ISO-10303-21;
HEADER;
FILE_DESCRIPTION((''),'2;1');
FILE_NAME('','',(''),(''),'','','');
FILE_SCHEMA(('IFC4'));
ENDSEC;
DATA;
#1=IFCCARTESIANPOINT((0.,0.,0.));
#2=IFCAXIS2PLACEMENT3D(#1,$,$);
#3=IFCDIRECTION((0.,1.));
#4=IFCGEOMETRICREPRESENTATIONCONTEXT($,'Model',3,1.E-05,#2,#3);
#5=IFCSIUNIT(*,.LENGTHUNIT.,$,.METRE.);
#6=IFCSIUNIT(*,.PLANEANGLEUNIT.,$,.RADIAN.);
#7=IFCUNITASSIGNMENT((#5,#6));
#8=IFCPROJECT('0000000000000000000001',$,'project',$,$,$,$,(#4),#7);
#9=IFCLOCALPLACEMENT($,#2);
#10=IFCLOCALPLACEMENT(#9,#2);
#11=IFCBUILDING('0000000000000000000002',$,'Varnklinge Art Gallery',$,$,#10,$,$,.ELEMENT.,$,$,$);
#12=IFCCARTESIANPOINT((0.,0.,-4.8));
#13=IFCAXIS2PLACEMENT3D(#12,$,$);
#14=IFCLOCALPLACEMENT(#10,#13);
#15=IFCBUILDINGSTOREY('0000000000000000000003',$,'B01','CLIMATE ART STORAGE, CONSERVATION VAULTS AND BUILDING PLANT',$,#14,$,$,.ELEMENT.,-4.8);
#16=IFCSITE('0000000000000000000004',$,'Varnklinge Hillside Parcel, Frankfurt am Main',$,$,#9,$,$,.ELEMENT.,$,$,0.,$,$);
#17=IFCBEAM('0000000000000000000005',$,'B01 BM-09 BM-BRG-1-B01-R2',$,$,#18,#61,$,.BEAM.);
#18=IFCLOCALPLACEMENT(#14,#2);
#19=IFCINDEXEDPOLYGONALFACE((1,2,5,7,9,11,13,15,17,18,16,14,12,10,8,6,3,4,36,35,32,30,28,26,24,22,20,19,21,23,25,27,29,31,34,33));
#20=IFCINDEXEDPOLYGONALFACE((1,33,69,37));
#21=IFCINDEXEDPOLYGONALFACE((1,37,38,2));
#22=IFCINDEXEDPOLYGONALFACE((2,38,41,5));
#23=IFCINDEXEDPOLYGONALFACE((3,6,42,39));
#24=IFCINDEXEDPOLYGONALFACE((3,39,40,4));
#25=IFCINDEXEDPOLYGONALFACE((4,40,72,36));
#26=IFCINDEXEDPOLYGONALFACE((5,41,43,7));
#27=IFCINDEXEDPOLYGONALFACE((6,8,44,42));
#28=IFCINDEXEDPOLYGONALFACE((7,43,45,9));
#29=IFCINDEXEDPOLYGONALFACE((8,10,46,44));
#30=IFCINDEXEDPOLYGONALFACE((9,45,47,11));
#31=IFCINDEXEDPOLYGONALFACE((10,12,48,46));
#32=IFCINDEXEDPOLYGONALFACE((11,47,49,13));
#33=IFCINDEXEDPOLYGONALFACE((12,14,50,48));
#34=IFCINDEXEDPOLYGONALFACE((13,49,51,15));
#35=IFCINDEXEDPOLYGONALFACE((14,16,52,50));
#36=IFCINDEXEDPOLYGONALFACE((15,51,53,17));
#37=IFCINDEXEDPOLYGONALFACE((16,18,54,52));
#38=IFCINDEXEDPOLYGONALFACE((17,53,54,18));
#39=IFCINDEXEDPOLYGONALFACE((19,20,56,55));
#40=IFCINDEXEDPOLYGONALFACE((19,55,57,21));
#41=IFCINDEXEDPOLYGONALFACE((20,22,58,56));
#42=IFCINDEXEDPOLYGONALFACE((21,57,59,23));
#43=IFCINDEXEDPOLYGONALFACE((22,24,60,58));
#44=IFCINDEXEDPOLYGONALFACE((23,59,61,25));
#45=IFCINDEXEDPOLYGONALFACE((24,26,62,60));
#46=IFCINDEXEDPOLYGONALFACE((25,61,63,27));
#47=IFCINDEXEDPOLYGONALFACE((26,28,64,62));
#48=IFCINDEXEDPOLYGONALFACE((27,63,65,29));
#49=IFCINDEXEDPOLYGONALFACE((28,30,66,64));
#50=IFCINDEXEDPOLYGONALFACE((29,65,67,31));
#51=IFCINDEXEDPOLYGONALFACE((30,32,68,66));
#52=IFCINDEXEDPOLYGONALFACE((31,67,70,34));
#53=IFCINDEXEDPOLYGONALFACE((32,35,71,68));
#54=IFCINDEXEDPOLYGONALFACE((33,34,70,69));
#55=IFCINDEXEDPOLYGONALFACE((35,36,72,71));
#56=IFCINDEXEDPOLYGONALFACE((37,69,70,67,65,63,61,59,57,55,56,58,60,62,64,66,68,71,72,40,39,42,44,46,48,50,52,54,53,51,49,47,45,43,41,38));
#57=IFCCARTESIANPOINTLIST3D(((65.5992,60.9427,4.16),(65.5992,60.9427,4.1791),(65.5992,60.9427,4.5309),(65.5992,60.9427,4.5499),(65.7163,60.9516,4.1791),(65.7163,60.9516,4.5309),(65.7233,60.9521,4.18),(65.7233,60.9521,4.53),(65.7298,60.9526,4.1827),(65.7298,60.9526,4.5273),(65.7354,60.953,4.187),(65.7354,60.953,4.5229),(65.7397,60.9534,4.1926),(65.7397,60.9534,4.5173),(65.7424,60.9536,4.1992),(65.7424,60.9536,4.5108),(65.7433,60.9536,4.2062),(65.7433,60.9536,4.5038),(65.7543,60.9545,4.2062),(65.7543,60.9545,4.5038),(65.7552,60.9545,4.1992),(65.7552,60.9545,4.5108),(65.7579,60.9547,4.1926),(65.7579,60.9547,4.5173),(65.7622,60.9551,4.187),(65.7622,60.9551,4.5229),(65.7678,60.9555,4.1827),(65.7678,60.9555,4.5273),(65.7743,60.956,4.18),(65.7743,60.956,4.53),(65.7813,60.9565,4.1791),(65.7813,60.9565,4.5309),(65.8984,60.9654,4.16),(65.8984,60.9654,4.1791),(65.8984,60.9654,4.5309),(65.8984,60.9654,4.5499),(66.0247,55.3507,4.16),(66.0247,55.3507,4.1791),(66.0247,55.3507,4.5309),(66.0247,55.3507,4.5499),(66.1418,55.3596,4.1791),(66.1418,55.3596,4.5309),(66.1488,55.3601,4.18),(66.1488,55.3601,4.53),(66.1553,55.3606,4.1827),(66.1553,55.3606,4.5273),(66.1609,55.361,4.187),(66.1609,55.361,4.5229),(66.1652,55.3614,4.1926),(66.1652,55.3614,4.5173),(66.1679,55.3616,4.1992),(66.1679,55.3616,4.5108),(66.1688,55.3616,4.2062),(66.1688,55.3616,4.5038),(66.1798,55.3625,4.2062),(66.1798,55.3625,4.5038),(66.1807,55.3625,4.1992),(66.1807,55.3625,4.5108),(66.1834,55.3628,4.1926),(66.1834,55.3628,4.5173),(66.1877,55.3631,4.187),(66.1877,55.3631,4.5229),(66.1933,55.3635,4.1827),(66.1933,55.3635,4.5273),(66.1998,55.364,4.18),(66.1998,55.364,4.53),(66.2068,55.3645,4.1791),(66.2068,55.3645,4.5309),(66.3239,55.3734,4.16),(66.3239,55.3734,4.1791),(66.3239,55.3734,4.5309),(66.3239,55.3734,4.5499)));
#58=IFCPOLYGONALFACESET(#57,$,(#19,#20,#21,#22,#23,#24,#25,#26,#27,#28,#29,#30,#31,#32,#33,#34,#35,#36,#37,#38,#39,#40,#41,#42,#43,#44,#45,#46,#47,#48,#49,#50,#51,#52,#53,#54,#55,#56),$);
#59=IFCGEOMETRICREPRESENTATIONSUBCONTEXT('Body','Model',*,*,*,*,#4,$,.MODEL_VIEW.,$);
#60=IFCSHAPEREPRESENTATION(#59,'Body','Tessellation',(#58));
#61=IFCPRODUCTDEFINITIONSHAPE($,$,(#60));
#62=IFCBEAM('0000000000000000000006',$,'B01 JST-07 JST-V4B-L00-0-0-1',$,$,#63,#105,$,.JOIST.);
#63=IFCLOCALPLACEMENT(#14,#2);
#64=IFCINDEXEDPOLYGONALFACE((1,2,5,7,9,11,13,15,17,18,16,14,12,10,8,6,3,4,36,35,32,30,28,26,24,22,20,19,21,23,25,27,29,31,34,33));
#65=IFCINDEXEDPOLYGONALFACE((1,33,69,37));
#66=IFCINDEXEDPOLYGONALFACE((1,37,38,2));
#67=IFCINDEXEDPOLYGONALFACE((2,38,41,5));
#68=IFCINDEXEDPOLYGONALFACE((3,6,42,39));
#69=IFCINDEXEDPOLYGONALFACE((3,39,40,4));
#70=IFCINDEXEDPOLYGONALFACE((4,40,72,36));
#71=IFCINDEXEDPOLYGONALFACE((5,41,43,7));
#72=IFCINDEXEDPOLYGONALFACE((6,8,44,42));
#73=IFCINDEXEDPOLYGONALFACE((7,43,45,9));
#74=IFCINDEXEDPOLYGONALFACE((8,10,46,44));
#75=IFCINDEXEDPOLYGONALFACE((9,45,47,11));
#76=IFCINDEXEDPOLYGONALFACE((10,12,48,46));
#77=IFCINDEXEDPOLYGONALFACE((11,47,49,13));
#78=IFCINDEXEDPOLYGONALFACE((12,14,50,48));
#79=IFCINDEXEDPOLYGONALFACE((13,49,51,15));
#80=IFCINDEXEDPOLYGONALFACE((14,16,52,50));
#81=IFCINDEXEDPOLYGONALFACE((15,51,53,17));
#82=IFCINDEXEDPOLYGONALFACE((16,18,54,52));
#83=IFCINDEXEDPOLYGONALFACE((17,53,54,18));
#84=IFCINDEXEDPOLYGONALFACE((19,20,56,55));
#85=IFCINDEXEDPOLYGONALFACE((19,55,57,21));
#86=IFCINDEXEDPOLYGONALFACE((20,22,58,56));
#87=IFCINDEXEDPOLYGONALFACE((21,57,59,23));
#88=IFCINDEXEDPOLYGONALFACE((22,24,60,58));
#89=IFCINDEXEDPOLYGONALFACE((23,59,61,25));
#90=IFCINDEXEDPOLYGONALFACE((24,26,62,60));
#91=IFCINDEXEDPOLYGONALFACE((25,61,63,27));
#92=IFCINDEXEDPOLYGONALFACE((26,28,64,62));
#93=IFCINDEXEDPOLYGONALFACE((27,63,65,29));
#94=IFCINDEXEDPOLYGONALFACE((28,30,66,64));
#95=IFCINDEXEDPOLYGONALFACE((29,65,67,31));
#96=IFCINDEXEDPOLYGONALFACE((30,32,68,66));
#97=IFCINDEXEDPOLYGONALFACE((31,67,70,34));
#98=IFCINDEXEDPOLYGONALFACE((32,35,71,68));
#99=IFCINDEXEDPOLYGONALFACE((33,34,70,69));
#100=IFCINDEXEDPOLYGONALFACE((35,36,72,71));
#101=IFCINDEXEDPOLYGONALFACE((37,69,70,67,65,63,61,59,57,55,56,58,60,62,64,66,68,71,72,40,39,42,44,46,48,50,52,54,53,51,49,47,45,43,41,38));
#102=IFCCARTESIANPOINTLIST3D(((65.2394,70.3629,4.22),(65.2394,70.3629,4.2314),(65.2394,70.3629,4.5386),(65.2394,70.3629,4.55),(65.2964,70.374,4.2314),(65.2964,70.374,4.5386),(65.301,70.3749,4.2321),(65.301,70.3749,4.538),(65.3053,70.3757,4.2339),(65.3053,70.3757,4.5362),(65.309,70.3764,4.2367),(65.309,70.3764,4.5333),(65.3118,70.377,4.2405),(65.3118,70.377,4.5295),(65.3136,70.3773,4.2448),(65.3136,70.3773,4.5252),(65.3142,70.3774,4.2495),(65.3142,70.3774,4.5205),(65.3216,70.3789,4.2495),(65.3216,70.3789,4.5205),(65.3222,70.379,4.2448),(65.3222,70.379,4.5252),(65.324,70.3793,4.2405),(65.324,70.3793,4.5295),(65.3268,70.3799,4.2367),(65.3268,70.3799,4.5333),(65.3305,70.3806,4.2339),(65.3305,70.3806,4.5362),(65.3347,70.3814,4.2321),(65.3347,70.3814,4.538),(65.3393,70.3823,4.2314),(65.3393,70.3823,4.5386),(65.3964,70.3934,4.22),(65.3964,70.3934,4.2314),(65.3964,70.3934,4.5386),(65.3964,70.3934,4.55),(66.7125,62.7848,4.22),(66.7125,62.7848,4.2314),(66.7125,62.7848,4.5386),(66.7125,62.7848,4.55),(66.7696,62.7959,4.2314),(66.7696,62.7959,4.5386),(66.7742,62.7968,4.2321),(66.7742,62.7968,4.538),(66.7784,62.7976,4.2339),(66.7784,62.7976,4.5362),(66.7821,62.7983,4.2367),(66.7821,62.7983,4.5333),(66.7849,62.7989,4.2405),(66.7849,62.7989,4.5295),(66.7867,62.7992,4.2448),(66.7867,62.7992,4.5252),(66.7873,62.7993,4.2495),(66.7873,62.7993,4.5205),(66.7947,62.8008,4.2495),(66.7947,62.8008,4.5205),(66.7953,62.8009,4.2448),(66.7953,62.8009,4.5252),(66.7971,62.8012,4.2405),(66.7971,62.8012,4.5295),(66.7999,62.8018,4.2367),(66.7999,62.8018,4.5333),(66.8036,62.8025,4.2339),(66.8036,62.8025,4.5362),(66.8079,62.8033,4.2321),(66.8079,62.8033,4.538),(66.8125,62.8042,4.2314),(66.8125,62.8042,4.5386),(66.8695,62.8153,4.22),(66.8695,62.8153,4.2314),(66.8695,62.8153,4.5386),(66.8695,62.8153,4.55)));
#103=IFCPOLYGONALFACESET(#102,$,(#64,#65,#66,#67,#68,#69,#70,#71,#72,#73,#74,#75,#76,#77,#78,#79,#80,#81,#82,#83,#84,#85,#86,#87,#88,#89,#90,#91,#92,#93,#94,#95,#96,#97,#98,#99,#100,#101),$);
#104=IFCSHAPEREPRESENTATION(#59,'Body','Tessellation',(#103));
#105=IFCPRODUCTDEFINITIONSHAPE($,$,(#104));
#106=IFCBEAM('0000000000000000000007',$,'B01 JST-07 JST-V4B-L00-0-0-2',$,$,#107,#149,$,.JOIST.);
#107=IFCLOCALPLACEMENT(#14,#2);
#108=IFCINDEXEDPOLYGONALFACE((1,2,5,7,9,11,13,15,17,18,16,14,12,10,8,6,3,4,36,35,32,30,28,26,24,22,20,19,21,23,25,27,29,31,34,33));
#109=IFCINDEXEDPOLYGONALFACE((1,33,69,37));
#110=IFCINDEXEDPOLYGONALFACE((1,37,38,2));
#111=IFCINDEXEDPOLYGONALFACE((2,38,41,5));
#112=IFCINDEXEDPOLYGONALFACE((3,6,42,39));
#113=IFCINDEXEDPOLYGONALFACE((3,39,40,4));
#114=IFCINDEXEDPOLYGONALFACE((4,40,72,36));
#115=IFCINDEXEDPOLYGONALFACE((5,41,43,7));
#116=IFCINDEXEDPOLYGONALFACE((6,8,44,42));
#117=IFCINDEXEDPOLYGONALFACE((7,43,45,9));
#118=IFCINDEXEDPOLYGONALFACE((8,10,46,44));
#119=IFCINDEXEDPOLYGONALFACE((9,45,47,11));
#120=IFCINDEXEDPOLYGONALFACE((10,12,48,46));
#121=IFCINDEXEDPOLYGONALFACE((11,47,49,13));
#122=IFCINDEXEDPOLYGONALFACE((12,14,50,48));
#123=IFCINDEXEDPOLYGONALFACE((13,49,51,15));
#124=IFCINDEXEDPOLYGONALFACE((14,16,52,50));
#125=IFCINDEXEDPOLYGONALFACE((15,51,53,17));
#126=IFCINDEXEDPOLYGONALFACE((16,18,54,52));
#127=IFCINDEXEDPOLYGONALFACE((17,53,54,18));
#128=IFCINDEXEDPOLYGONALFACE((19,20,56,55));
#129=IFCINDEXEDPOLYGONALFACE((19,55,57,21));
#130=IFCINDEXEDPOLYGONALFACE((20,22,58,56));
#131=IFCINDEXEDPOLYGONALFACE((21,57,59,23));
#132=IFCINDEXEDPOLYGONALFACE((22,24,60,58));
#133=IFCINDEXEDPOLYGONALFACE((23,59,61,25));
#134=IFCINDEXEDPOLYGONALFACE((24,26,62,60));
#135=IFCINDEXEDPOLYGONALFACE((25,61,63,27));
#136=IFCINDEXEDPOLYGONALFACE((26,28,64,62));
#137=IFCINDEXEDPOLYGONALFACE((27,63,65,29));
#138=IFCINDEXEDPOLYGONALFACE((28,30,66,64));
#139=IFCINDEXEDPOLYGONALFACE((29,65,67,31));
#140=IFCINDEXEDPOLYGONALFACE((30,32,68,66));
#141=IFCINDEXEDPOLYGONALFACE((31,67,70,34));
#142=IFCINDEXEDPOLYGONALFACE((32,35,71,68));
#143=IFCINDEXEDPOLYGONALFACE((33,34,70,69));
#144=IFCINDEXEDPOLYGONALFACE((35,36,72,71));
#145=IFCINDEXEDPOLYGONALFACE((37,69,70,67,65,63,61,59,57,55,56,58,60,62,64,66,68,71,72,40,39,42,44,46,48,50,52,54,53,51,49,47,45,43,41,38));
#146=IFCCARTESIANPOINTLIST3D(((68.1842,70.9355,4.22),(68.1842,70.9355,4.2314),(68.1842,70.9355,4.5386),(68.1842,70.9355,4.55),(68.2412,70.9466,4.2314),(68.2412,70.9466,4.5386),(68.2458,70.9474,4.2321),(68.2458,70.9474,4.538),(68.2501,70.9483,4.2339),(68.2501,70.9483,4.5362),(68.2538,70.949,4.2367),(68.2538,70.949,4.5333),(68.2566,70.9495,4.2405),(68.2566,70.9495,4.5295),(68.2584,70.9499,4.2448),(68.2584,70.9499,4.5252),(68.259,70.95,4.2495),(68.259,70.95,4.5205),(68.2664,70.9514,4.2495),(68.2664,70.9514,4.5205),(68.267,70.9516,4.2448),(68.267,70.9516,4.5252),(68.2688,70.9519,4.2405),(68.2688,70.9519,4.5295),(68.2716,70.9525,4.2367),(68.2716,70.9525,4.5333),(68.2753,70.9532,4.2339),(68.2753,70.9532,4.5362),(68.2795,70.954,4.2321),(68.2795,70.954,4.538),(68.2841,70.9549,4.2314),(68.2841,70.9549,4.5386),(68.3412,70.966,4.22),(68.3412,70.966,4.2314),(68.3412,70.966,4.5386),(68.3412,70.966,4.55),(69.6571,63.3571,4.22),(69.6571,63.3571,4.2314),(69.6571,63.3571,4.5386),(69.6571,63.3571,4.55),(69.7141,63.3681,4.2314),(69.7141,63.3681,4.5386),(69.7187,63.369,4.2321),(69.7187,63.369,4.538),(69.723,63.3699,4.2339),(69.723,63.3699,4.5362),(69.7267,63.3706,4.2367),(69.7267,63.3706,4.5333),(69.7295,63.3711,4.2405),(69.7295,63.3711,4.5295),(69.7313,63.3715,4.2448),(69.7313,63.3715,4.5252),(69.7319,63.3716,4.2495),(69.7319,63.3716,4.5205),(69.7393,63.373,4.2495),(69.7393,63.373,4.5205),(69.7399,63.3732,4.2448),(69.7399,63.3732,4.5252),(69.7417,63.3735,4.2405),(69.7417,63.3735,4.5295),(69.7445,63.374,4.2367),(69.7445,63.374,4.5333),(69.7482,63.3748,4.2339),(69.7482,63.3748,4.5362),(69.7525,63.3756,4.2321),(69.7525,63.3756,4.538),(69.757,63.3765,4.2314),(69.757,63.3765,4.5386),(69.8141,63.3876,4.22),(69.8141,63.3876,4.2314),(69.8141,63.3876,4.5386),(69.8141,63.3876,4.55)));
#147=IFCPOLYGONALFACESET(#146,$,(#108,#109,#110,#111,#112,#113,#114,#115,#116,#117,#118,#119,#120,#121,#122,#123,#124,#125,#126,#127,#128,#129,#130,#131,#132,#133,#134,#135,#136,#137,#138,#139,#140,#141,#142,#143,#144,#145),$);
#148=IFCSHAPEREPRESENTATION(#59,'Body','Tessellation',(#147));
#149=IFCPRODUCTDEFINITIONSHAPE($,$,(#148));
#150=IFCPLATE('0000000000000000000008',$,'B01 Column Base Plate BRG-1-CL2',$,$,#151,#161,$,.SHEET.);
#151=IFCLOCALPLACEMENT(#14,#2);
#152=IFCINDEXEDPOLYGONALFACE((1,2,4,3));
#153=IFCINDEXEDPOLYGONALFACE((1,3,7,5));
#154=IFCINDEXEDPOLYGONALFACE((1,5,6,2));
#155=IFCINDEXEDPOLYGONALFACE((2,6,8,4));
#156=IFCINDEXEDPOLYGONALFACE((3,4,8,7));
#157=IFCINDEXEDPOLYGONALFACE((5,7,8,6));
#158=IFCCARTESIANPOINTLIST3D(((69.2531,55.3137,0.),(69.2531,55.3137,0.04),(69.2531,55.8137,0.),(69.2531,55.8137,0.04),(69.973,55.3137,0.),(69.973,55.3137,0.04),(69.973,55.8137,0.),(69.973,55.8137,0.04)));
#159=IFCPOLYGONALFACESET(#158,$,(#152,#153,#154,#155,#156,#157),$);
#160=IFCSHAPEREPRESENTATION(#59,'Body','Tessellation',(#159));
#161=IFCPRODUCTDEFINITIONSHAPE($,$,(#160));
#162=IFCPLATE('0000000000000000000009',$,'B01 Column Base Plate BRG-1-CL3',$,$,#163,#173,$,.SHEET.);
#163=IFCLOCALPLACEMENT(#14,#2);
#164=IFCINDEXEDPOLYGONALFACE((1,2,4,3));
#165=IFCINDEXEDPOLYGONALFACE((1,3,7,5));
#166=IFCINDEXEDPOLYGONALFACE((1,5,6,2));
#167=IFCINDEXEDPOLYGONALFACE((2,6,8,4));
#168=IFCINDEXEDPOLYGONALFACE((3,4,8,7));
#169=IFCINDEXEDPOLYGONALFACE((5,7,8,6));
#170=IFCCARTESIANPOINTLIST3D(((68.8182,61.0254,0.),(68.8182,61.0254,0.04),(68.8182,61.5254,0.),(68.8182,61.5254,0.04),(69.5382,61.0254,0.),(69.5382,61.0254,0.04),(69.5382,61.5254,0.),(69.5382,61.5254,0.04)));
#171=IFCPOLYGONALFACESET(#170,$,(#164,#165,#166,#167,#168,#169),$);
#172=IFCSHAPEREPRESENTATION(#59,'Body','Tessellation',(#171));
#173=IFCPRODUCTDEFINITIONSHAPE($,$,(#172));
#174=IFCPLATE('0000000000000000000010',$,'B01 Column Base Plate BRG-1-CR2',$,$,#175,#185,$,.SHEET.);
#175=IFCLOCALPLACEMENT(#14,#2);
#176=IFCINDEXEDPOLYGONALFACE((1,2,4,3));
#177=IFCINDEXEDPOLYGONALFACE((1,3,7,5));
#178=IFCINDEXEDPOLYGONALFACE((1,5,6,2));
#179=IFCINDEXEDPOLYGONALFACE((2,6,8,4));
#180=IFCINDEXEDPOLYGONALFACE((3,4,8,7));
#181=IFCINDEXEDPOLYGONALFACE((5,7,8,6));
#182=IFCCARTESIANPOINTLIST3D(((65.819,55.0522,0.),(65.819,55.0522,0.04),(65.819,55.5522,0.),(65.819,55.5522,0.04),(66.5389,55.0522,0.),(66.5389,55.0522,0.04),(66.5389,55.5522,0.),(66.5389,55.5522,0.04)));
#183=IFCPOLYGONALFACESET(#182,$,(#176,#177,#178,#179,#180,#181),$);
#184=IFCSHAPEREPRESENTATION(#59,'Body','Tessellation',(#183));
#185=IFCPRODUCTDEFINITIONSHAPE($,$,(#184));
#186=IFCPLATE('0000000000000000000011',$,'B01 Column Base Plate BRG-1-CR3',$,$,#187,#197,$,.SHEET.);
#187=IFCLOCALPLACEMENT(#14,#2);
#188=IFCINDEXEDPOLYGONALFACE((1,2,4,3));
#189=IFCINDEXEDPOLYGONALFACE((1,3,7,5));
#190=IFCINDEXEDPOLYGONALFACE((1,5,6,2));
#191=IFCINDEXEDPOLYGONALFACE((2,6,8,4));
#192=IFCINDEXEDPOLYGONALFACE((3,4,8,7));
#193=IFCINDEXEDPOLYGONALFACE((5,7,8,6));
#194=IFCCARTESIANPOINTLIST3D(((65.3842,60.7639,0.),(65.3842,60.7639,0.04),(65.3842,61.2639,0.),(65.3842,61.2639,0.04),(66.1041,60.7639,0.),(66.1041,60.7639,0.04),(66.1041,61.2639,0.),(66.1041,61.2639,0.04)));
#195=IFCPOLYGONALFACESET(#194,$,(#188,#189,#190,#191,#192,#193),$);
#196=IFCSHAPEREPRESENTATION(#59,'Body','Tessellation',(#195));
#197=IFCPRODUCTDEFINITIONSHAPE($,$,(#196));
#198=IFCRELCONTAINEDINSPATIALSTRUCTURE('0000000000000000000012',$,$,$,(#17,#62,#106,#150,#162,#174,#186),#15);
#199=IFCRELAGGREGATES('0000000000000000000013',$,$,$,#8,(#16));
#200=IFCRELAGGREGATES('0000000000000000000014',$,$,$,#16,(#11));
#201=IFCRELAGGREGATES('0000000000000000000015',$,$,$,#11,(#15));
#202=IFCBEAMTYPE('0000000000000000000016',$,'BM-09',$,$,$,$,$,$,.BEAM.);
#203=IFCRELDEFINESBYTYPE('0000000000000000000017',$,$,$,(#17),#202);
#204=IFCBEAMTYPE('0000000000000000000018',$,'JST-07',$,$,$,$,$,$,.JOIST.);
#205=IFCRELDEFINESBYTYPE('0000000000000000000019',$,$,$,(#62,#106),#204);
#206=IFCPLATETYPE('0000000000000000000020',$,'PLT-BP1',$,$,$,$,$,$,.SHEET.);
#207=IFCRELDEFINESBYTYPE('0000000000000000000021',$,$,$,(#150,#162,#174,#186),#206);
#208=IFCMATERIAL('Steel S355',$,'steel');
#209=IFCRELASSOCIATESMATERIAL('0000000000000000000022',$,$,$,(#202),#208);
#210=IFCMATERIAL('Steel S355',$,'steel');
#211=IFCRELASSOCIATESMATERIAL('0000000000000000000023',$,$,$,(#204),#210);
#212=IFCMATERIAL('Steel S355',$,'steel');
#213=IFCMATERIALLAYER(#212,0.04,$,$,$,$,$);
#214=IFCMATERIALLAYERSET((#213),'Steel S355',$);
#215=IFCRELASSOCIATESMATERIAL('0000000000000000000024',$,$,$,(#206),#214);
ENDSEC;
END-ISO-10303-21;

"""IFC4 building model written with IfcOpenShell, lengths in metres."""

from ifc_helpers import new_model, si_unit, direction, frame, origin, origin_2d, place, context, subcontext, project, spatial, rectangle, i_section, extrude, material, layer, layer_set, material_profile, profile_set, type_object, element, save


model = new_model("IFC4")

# Units and contexts
model_context = context("Model", 3, precision=1e-05, world=origin(), true_north=direction((0.0, 1.0)))
body_context = subcontext(model_context, "Body", "Model", "MODEL_VIEW")
ifc_project = project(units=[si_unit("LENGTHUNIT", "METRE"), si_unit("PLANEANGLEUNIT", "RADIAN")], contexts=[model_context])

# Site, building, storey
site_placement = place(None, origin())
site = spatial("IfcSite", under=ifc_project, at=site_placement, Name="Varnklinge Hillside Parcel, Frankfurt am Main", CompositionType="ELEMENT", RefElevation=0.0)
building_placement = place(site_placement, origin())
building = spatial("IfcBuilding", under=site, at=building_placement, Name="Varnklinge Art Gallery", CompositionType="ELEMENT")
storey_placement = place(building_placement, frame((0.0, 0.0, -4.8)))
storey = spatial("IfcBuildingStorey", under=building, at=storey_placement, Name="B01", Description="CLIMATE ART STORAGE, CONSERVATION VAULTS AND BUILDING PLANT", CompositionType="ELEMENT", Elevation=-4.8)

# Beams
ifc_material_1 = material(Name="Steel S355", Category="steel")
ifc_material_profile_1 = material_profile(ifc_material_1, i_section(OverallWidth=0.3, OverallDepth=0.3899, WebThickness=0.011, FlangeThickness=0.019, FilletRadius=0.0271, at=origin_2d()), Name="HEA 400")
ifc_profile_set_1 = profile_set([ifc_material_profile_1], Name="Steel S355")
beam_type_1 = type_object("IfcBeamType", Name="BM-09", PredefinedType="BEAM", material=ifc_profile_set_1)
beam_1_placement = place(storey_placement, frame((66.1743, 55.3621, 4.355), z_axis=(-0.075878, 0.997117, 0.0), x_axis=(-0.997117, -0.075878, 0.0)))
element("IfcBeam", 1, at=beam_1_placement, inside=storey, type_object=beam_type_1, Name="B01 BM-09 BM-BRG-1-B01-R2", PredefinedType="BEAM", context=body_context, shape_type="SweptSolid", body=[
    extrude(i_section(OverallWidth=0.3, OverallDepth=0.3899, WebThickness=0.011, FlangeThickness=0.019, FilletRadius=0.0271, at=origin_2d()), origin(), (0.0, 0.0, 1.0), 5.6082),
])
ifc_material_2 = material(Name="Steel S355", Category="steel")
ifc_material_profile_2 = material_profile(ifc_material_2, i_section(OverallWidth=0.1599, OverallDepth=0.3301, WebThickness=0.0076, FlangeThickness=0.0115, FilletRadius=0.0181, at=origin_2d()), Name="IPE 330")
ifc_profile_set_2 = profile_set([ifc_material_profile_2], Name="Steel S355")
beam_type_2 = type_object("IfcBeamType", Name="JST-07", PredefinedType="JOIST", material=ifc_profile_set_2)
beam_2_placement = place(storey_placement, frame((66.791, 62.8, 4.385), z_axis=(-0.190822, 0.981625, 0.0), x_axis=(-0.981625, -0.190822, 0.0)))
element("IfcBeam", 2, at=beam_2_placement, inside=storey, type_object=beam_type_2, Name="B01 JST-07 JST-V4B-L00-0-0-1", PredefinedType="JOIST", context=body_context, shape_type="SweptSolid", body=[
    extrude(i_section(OverallWidth=0.1599, OverallDepth=0.3301, WebThickness=0.0076, FlangeThickness=0.0115, FilletRadius=0.0181, at=origin_2d()), origin(), (0.0, 0.0, 1.0), 7.72),
])
beam_3_placement = place(storey_placement, frame((69.7356, 63.3723, 4.385), z_axis=(-0.190786, 0.981632, 0.0), x_axis=(-0.981632, -0.190786, 0.0)))
element("IfcBeam", 3, at=beam_3_placement, inside=storey, type_object=beam_type_2, Name="B01 JST-07 JST-V4B-L00-0-0-2", PredefinedType="JOIST", context=body_context, shape_type="SweptSolid", body=[
    extrude(i_section(OverallWidth=0.1599, OverallDepth=0.3301, WebThickness=0.0076, FlangeThickness=0.0115, FilletRadius=0.0181, at=origin_2d()), origin(), (0.0, 0.0, 1.0), 7.7202),
])

# Plates
ifc_material_3 = material(Name="Steel S355", Category="steel")
ifc_layer_1 = layer(ifc_material_3, 0.04)
ifc_layer_set_1 = layer_set([ifc_layer_1], Name="Steel S355")
plate_type_1 = type_object("IfcPlateType", Name="PLT-BP1", PredefinedType="SHEET", material=ifc_layer_set_1)
for number, where, z_axis, x_axis, name in (
    (4, (69.613, 55.5637, 0.0), (0.0, 0.0, 1.0), (1.0, 0.0, 0.0), "B01 Column Base Plate BRG-1-CL2"),
    (5, (69.1782, 61.2754, 0.0), (0.0, 0.0, 1.0), (1.0, 0.0, 0.0), "B01 Column Base Plate BRG-1-CL3"),
    (6, (66.179, 55.3022, 0.0), (0.0, 0.0, 1.0), (1.0, 0.0, 0.0), "B01 Column Base Plate BRG-1-CR2"),
    (7, (65.7441, 61.0139, 0.0), (0.0, 0.0, 1.0), (1.0, 0.0, 0.0), "B01 Column Base Plate BRG-1-CR3"),
):
    element("IfcPlate", number, at=place(storey_placement, frame(where, z_axis=z_axis, x_axis=x_axis)), inside=storey, type_object=plate_type_1, Name=name, PredefinedType="SHEET", context=body_context, shape_type="SweptSolid", body=[
        extrude(rectangle(XDim=0.72, YDim=0.5, at=origin_2d()), origin(), (0.0, 0.0, 1.0), 0.04),
    ])

save(model, "model.ifc")
